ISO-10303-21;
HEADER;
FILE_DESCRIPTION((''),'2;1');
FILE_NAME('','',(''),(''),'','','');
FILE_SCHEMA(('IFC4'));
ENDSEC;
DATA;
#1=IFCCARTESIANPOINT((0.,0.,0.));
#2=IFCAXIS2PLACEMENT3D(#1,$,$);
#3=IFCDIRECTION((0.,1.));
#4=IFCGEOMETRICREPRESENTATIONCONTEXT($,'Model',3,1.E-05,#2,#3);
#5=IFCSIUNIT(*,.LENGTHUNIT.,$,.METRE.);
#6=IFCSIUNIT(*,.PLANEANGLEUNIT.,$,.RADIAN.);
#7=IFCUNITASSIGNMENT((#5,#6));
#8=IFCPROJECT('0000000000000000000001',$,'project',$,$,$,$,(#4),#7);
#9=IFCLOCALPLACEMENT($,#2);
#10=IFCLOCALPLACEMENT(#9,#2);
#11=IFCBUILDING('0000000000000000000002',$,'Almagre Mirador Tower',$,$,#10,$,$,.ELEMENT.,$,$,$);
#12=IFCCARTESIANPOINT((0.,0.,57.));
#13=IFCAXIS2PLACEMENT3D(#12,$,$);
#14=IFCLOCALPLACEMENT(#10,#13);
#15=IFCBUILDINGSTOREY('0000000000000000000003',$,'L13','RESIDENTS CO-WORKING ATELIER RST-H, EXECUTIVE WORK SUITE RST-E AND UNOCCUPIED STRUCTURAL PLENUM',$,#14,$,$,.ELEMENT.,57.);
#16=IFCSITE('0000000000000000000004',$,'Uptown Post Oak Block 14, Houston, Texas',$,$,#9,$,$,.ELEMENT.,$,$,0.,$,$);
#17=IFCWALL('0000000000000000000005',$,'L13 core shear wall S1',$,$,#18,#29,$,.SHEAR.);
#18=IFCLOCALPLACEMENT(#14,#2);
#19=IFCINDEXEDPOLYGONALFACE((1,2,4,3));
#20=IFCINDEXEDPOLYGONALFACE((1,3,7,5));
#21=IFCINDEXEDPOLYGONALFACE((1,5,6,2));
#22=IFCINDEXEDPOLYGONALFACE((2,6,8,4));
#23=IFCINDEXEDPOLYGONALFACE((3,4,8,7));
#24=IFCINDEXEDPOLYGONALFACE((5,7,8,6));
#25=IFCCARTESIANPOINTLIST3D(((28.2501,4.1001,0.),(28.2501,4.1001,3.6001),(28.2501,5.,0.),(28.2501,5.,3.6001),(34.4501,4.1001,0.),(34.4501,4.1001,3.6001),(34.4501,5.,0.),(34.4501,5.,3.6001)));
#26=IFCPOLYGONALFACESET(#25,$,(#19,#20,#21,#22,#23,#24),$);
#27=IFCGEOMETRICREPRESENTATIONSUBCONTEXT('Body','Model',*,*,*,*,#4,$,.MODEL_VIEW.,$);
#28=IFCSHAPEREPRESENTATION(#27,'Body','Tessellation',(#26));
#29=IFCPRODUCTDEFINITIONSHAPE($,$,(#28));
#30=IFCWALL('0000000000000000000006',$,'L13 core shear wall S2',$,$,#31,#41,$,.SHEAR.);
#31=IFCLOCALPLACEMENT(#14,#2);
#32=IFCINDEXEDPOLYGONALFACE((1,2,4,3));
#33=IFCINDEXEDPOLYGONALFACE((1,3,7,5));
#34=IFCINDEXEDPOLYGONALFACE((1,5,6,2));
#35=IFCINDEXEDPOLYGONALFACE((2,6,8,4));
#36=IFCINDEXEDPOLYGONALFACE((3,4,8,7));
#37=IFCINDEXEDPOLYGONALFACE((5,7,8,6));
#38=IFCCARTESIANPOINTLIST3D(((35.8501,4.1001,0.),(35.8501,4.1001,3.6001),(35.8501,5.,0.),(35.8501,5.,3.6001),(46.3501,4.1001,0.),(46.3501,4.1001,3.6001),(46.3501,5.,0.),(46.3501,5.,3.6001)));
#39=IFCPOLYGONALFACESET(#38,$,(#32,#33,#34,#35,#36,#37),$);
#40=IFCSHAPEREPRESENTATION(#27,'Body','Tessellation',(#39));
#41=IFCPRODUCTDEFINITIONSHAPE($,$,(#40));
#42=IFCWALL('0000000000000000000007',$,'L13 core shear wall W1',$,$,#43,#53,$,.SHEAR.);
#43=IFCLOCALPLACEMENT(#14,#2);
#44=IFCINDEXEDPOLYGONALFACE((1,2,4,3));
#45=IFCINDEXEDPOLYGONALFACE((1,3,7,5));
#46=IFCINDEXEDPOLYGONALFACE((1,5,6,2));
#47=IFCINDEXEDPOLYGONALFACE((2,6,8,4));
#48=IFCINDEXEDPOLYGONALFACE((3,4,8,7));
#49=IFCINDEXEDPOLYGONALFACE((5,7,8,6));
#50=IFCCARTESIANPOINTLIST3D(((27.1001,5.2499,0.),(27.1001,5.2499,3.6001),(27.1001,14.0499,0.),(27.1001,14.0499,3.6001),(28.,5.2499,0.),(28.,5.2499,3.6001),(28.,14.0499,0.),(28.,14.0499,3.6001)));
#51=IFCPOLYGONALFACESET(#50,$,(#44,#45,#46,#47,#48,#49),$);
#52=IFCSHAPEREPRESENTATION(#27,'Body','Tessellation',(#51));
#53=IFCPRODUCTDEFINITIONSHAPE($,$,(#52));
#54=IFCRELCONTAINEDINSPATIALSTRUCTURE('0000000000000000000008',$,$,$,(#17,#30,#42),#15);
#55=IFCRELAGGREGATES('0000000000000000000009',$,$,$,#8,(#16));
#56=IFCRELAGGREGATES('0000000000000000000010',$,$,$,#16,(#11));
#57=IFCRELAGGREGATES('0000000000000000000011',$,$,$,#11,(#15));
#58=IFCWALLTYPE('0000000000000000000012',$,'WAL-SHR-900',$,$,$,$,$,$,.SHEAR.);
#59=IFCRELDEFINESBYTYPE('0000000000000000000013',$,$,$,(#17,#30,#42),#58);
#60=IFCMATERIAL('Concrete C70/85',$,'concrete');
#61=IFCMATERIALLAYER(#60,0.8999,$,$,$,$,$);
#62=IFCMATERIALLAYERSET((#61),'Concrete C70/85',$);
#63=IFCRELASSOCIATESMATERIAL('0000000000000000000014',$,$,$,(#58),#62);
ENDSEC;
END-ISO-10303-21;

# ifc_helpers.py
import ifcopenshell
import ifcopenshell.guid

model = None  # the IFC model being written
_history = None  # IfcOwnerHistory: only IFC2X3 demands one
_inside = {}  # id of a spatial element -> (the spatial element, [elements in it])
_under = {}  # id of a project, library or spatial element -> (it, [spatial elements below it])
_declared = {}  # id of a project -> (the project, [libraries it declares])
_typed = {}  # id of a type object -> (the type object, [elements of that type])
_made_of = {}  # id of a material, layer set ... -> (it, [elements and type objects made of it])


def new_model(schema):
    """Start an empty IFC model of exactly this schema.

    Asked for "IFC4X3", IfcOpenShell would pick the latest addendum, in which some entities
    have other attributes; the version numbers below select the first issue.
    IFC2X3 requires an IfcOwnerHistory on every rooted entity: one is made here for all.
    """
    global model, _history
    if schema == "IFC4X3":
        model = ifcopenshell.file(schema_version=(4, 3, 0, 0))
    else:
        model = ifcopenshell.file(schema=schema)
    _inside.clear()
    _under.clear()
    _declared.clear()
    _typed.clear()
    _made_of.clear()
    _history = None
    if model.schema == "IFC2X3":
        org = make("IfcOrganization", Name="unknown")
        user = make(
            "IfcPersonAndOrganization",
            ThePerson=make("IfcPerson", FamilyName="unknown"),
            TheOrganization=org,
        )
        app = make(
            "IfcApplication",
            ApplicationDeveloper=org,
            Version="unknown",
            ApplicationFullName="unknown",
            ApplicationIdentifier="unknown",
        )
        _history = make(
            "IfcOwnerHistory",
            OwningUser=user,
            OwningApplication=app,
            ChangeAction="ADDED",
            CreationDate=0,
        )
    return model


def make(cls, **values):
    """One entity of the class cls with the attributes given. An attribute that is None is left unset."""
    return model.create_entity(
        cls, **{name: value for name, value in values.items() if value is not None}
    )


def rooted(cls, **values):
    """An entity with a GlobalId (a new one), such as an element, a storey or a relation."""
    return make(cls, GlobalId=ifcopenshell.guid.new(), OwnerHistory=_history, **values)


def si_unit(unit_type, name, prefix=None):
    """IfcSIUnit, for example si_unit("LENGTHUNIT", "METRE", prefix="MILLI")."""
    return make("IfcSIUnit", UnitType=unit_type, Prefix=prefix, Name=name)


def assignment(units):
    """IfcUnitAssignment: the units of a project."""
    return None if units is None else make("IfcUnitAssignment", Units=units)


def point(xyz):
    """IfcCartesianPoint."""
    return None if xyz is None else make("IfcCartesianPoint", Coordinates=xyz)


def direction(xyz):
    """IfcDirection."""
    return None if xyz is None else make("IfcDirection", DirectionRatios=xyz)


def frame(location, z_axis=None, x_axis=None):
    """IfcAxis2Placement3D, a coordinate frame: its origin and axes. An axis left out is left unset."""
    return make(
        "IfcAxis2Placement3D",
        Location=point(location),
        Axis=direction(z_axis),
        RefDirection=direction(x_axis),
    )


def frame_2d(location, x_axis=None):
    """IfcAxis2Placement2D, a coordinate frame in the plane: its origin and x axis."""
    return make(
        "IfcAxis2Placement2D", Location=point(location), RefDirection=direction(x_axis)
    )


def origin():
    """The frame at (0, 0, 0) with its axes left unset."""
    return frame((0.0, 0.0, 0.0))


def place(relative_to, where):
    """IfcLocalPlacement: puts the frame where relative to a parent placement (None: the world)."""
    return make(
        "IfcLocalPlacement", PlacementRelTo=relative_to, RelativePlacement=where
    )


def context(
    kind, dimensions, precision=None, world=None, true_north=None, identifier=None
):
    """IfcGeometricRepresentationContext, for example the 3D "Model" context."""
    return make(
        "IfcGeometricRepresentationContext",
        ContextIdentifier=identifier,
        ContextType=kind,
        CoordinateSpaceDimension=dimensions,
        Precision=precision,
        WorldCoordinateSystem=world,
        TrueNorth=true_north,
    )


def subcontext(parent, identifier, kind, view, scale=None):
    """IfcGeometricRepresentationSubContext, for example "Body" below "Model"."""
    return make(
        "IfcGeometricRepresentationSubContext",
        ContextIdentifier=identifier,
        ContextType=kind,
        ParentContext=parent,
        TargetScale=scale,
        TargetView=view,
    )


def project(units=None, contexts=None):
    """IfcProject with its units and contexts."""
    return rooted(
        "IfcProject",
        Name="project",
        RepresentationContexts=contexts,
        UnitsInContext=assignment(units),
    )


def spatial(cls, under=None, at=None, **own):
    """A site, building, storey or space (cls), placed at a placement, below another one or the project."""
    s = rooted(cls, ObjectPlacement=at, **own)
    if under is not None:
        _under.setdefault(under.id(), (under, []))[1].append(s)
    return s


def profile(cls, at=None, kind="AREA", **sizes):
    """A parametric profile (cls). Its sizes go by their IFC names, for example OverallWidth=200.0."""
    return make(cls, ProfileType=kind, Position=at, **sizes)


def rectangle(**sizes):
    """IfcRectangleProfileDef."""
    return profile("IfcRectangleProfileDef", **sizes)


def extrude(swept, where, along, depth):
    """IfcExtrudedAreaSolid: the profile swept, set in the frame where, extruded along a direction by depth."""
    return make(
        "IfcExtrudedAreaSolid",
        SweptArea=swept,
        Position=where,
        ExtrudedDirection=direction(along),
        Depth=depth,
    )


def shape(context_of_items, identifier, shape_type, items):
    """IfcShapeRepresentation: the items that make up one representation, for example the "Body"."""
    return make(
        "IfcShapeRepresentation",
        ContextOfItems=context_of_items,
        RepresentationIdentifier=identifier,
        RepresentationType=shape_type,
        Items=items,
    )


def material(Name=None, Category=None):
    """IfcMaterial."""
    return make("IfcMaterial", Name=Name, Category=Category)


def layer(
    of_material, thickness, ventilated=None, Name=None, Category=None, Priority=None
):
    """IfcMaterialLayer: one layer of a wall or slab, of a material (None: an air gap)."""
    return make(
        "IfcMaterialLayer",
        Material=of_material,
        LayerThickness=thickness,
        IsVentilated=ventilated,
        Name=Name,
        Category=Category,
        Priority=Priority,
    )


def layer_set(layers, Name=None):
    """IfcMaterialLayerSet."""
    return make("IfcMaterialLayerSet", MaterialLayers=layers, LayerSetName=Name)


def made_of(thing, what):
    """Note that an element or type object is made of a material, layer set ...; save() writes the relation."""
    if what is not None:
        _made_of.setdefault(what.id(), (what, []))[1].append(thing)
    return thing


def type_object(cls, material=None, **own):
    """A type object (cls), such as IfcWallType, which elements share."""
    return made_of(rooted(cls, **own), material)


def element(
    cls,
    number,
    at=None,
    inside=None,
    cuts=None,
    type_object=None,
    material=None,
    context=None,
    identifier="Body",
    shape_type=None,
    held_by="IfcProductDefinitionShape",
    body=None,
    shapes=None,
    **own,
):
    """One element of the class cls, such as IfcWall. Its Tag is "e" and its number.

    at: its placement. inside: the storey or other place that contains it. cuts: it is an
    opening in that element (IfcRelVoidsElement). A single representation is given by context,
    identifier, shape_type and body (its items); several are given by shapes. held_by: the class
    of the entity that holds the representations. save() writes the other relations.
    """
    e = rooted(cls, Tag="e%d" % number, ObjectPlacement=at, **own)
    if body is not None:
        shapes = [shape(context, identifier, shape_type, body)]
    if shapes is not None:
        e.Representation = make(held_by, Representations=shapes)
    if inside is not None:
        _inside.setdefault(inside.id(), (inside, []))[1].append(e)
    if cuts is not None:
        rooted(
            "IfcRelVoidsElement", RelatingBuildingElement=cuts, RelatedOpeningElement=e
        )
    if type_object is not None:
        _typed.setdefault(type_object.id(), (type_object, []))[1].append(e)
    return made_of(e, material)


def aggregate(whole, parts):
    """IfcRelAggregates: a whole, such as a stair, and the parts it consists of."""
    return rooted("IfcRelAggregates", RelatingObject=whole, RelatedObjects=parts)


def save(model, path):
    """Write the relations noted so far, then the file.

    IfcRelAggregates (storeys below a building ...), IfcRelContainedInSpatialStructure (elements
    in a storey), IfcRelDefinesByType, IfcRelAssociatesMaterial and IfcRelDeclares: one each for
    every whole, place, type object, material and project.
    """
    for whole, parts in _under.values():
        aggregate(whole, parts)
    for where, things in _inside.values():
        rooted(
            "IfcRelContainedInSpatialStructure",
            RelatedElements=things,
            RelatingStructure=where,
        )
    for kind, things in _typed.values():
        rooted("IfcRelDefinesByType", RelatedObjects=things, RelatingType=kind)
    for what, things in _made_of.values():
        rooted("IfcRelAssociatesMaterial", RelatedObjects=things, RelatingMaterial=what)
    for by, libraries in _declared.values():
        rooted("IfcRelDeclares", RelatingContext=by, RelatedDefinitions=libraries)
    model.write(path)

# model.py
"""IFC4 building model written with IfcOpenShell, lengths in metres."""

from ifc_helpers import new_model, si_unit, direction, frame, frame_2d, origin, place, context, subcontext, project, spatial, rectangle, extrude, material, layer, layer_set, type_object, element, save


model = new_model("IFC4")

# Units and contexts
model_context = context("Model", 3, precision=1e-05, world=origin(), true_north=direction((0.0, 1.0)))
body_context = subcontext(model_context, "Body", "Model", "MODEL_VIEW")
ifc_project = project(units=[si_unit("LENGTHUNIT", "METRE"), si_unit("PLANEANGLEUNIT", "RADIAN")], contexts=[model_context])

# Site, building, storey
site_placement = place(None, origin())
site = spatial("IfcSite", under=ifc_project, at=site_placement, Name="Uptown Post Oak Block 14, Houston, Texas", CompositionType="ELEMENT", RefElevation=0.0)
building_placement = place(site_placement, origin())
building = spatial("IfcBuilding", under=site, at=building_placement, Name="Almagre Mirador Tower", CompositionType="ELEMENT")
storey_placement = place(building_placement, frame((0.0, 0.0, 57.0)))
storey = spatial("IfcBuildingStorey", under=building, at=storey_placement, Name="L13", Description="RESIDENTS CO-WORKING ATELIER RST-H, EXECUTIVE WORK SUITE RST-E AND UNOCCUPIED STRUCTURAL PLENUM", CompositionType="ELEMENT", Elevation=57.0)

# Walls
ifc_material_1 = material(Name="Concrete C70/85", Category="concrete")
ifc_layer_1 = layer(ifc_material_1, 0.8999)
ifc_layer_set_1 = layer_set([ifc_layer_1], Name="Concrete C70/85")
wall_type_1 = type_object("IfcWallType", Name="WAL-SHR-900", PredefinedType="SHEAR", material=ifc_layer_set_1)
wall_1_placement = place(storey_placement, frame((28.25, 4.55, 0.0), z_axis=(0.0, 0.0, 1.0), x_axis=(1.0, 0.0, 0.0)))
element("IfcWall", 1, at=wall_1_placement, inside=storey, type_object=wall_type_1, Name="L13 core shear wall S1", PredefinedType="SHEAR", context=body_context, shape_type="SweptSolid", body=[
    extrude(rectangle(XDim=6.2, YDim=0.8999, at=frame_2d((3.1001, 0.0))), origin(), (0.0, 0.0, 1.0), 3.6001),
])
wall_2_placement = place(storey_placement, frame((35.8501, 4.55, 0.0), z_axis=(0.0, 0.0, 1.0), x_axis=(1.0, 0.0, 0.0)))
element("IfcWall", 2, at=wall_2_placement, inside=storey, type_object=wall_type_1, Name="L13 core shear wall S2", PredefinedType="SHEAR", context=body_context, shape_type="SweptSolid", body=[
    extrude(rectangle(XDim=10.5, YDim=0.8999, at=frame_2d((5.25, 0.0))), origin(), (0.0, 0.0, 1.0), 3.6001),
])
wall_3_placement = place(storey_placement, frame((27.55, 5.25, 0.0), z_axis=(0.0, 0.0, 1.0), x_axis=(0.0, 1.0, 0.0)))
element("IfcWall", 3, at=wall_3_placement, inside=storey, type_object=wall_type_1, Name="L13 core shear wall W1", PredefinedType="SHEAR", context=body_context, shape_type="SweptSolid", body=[
    extrude(rectangle(XDim=8.8, YDim=0.8999, at=frame_2d((4.3999, 0.0))), origin(), (0.0, 0.0, 1.0), 3.6001),
])

save(model, "model.ifc")
